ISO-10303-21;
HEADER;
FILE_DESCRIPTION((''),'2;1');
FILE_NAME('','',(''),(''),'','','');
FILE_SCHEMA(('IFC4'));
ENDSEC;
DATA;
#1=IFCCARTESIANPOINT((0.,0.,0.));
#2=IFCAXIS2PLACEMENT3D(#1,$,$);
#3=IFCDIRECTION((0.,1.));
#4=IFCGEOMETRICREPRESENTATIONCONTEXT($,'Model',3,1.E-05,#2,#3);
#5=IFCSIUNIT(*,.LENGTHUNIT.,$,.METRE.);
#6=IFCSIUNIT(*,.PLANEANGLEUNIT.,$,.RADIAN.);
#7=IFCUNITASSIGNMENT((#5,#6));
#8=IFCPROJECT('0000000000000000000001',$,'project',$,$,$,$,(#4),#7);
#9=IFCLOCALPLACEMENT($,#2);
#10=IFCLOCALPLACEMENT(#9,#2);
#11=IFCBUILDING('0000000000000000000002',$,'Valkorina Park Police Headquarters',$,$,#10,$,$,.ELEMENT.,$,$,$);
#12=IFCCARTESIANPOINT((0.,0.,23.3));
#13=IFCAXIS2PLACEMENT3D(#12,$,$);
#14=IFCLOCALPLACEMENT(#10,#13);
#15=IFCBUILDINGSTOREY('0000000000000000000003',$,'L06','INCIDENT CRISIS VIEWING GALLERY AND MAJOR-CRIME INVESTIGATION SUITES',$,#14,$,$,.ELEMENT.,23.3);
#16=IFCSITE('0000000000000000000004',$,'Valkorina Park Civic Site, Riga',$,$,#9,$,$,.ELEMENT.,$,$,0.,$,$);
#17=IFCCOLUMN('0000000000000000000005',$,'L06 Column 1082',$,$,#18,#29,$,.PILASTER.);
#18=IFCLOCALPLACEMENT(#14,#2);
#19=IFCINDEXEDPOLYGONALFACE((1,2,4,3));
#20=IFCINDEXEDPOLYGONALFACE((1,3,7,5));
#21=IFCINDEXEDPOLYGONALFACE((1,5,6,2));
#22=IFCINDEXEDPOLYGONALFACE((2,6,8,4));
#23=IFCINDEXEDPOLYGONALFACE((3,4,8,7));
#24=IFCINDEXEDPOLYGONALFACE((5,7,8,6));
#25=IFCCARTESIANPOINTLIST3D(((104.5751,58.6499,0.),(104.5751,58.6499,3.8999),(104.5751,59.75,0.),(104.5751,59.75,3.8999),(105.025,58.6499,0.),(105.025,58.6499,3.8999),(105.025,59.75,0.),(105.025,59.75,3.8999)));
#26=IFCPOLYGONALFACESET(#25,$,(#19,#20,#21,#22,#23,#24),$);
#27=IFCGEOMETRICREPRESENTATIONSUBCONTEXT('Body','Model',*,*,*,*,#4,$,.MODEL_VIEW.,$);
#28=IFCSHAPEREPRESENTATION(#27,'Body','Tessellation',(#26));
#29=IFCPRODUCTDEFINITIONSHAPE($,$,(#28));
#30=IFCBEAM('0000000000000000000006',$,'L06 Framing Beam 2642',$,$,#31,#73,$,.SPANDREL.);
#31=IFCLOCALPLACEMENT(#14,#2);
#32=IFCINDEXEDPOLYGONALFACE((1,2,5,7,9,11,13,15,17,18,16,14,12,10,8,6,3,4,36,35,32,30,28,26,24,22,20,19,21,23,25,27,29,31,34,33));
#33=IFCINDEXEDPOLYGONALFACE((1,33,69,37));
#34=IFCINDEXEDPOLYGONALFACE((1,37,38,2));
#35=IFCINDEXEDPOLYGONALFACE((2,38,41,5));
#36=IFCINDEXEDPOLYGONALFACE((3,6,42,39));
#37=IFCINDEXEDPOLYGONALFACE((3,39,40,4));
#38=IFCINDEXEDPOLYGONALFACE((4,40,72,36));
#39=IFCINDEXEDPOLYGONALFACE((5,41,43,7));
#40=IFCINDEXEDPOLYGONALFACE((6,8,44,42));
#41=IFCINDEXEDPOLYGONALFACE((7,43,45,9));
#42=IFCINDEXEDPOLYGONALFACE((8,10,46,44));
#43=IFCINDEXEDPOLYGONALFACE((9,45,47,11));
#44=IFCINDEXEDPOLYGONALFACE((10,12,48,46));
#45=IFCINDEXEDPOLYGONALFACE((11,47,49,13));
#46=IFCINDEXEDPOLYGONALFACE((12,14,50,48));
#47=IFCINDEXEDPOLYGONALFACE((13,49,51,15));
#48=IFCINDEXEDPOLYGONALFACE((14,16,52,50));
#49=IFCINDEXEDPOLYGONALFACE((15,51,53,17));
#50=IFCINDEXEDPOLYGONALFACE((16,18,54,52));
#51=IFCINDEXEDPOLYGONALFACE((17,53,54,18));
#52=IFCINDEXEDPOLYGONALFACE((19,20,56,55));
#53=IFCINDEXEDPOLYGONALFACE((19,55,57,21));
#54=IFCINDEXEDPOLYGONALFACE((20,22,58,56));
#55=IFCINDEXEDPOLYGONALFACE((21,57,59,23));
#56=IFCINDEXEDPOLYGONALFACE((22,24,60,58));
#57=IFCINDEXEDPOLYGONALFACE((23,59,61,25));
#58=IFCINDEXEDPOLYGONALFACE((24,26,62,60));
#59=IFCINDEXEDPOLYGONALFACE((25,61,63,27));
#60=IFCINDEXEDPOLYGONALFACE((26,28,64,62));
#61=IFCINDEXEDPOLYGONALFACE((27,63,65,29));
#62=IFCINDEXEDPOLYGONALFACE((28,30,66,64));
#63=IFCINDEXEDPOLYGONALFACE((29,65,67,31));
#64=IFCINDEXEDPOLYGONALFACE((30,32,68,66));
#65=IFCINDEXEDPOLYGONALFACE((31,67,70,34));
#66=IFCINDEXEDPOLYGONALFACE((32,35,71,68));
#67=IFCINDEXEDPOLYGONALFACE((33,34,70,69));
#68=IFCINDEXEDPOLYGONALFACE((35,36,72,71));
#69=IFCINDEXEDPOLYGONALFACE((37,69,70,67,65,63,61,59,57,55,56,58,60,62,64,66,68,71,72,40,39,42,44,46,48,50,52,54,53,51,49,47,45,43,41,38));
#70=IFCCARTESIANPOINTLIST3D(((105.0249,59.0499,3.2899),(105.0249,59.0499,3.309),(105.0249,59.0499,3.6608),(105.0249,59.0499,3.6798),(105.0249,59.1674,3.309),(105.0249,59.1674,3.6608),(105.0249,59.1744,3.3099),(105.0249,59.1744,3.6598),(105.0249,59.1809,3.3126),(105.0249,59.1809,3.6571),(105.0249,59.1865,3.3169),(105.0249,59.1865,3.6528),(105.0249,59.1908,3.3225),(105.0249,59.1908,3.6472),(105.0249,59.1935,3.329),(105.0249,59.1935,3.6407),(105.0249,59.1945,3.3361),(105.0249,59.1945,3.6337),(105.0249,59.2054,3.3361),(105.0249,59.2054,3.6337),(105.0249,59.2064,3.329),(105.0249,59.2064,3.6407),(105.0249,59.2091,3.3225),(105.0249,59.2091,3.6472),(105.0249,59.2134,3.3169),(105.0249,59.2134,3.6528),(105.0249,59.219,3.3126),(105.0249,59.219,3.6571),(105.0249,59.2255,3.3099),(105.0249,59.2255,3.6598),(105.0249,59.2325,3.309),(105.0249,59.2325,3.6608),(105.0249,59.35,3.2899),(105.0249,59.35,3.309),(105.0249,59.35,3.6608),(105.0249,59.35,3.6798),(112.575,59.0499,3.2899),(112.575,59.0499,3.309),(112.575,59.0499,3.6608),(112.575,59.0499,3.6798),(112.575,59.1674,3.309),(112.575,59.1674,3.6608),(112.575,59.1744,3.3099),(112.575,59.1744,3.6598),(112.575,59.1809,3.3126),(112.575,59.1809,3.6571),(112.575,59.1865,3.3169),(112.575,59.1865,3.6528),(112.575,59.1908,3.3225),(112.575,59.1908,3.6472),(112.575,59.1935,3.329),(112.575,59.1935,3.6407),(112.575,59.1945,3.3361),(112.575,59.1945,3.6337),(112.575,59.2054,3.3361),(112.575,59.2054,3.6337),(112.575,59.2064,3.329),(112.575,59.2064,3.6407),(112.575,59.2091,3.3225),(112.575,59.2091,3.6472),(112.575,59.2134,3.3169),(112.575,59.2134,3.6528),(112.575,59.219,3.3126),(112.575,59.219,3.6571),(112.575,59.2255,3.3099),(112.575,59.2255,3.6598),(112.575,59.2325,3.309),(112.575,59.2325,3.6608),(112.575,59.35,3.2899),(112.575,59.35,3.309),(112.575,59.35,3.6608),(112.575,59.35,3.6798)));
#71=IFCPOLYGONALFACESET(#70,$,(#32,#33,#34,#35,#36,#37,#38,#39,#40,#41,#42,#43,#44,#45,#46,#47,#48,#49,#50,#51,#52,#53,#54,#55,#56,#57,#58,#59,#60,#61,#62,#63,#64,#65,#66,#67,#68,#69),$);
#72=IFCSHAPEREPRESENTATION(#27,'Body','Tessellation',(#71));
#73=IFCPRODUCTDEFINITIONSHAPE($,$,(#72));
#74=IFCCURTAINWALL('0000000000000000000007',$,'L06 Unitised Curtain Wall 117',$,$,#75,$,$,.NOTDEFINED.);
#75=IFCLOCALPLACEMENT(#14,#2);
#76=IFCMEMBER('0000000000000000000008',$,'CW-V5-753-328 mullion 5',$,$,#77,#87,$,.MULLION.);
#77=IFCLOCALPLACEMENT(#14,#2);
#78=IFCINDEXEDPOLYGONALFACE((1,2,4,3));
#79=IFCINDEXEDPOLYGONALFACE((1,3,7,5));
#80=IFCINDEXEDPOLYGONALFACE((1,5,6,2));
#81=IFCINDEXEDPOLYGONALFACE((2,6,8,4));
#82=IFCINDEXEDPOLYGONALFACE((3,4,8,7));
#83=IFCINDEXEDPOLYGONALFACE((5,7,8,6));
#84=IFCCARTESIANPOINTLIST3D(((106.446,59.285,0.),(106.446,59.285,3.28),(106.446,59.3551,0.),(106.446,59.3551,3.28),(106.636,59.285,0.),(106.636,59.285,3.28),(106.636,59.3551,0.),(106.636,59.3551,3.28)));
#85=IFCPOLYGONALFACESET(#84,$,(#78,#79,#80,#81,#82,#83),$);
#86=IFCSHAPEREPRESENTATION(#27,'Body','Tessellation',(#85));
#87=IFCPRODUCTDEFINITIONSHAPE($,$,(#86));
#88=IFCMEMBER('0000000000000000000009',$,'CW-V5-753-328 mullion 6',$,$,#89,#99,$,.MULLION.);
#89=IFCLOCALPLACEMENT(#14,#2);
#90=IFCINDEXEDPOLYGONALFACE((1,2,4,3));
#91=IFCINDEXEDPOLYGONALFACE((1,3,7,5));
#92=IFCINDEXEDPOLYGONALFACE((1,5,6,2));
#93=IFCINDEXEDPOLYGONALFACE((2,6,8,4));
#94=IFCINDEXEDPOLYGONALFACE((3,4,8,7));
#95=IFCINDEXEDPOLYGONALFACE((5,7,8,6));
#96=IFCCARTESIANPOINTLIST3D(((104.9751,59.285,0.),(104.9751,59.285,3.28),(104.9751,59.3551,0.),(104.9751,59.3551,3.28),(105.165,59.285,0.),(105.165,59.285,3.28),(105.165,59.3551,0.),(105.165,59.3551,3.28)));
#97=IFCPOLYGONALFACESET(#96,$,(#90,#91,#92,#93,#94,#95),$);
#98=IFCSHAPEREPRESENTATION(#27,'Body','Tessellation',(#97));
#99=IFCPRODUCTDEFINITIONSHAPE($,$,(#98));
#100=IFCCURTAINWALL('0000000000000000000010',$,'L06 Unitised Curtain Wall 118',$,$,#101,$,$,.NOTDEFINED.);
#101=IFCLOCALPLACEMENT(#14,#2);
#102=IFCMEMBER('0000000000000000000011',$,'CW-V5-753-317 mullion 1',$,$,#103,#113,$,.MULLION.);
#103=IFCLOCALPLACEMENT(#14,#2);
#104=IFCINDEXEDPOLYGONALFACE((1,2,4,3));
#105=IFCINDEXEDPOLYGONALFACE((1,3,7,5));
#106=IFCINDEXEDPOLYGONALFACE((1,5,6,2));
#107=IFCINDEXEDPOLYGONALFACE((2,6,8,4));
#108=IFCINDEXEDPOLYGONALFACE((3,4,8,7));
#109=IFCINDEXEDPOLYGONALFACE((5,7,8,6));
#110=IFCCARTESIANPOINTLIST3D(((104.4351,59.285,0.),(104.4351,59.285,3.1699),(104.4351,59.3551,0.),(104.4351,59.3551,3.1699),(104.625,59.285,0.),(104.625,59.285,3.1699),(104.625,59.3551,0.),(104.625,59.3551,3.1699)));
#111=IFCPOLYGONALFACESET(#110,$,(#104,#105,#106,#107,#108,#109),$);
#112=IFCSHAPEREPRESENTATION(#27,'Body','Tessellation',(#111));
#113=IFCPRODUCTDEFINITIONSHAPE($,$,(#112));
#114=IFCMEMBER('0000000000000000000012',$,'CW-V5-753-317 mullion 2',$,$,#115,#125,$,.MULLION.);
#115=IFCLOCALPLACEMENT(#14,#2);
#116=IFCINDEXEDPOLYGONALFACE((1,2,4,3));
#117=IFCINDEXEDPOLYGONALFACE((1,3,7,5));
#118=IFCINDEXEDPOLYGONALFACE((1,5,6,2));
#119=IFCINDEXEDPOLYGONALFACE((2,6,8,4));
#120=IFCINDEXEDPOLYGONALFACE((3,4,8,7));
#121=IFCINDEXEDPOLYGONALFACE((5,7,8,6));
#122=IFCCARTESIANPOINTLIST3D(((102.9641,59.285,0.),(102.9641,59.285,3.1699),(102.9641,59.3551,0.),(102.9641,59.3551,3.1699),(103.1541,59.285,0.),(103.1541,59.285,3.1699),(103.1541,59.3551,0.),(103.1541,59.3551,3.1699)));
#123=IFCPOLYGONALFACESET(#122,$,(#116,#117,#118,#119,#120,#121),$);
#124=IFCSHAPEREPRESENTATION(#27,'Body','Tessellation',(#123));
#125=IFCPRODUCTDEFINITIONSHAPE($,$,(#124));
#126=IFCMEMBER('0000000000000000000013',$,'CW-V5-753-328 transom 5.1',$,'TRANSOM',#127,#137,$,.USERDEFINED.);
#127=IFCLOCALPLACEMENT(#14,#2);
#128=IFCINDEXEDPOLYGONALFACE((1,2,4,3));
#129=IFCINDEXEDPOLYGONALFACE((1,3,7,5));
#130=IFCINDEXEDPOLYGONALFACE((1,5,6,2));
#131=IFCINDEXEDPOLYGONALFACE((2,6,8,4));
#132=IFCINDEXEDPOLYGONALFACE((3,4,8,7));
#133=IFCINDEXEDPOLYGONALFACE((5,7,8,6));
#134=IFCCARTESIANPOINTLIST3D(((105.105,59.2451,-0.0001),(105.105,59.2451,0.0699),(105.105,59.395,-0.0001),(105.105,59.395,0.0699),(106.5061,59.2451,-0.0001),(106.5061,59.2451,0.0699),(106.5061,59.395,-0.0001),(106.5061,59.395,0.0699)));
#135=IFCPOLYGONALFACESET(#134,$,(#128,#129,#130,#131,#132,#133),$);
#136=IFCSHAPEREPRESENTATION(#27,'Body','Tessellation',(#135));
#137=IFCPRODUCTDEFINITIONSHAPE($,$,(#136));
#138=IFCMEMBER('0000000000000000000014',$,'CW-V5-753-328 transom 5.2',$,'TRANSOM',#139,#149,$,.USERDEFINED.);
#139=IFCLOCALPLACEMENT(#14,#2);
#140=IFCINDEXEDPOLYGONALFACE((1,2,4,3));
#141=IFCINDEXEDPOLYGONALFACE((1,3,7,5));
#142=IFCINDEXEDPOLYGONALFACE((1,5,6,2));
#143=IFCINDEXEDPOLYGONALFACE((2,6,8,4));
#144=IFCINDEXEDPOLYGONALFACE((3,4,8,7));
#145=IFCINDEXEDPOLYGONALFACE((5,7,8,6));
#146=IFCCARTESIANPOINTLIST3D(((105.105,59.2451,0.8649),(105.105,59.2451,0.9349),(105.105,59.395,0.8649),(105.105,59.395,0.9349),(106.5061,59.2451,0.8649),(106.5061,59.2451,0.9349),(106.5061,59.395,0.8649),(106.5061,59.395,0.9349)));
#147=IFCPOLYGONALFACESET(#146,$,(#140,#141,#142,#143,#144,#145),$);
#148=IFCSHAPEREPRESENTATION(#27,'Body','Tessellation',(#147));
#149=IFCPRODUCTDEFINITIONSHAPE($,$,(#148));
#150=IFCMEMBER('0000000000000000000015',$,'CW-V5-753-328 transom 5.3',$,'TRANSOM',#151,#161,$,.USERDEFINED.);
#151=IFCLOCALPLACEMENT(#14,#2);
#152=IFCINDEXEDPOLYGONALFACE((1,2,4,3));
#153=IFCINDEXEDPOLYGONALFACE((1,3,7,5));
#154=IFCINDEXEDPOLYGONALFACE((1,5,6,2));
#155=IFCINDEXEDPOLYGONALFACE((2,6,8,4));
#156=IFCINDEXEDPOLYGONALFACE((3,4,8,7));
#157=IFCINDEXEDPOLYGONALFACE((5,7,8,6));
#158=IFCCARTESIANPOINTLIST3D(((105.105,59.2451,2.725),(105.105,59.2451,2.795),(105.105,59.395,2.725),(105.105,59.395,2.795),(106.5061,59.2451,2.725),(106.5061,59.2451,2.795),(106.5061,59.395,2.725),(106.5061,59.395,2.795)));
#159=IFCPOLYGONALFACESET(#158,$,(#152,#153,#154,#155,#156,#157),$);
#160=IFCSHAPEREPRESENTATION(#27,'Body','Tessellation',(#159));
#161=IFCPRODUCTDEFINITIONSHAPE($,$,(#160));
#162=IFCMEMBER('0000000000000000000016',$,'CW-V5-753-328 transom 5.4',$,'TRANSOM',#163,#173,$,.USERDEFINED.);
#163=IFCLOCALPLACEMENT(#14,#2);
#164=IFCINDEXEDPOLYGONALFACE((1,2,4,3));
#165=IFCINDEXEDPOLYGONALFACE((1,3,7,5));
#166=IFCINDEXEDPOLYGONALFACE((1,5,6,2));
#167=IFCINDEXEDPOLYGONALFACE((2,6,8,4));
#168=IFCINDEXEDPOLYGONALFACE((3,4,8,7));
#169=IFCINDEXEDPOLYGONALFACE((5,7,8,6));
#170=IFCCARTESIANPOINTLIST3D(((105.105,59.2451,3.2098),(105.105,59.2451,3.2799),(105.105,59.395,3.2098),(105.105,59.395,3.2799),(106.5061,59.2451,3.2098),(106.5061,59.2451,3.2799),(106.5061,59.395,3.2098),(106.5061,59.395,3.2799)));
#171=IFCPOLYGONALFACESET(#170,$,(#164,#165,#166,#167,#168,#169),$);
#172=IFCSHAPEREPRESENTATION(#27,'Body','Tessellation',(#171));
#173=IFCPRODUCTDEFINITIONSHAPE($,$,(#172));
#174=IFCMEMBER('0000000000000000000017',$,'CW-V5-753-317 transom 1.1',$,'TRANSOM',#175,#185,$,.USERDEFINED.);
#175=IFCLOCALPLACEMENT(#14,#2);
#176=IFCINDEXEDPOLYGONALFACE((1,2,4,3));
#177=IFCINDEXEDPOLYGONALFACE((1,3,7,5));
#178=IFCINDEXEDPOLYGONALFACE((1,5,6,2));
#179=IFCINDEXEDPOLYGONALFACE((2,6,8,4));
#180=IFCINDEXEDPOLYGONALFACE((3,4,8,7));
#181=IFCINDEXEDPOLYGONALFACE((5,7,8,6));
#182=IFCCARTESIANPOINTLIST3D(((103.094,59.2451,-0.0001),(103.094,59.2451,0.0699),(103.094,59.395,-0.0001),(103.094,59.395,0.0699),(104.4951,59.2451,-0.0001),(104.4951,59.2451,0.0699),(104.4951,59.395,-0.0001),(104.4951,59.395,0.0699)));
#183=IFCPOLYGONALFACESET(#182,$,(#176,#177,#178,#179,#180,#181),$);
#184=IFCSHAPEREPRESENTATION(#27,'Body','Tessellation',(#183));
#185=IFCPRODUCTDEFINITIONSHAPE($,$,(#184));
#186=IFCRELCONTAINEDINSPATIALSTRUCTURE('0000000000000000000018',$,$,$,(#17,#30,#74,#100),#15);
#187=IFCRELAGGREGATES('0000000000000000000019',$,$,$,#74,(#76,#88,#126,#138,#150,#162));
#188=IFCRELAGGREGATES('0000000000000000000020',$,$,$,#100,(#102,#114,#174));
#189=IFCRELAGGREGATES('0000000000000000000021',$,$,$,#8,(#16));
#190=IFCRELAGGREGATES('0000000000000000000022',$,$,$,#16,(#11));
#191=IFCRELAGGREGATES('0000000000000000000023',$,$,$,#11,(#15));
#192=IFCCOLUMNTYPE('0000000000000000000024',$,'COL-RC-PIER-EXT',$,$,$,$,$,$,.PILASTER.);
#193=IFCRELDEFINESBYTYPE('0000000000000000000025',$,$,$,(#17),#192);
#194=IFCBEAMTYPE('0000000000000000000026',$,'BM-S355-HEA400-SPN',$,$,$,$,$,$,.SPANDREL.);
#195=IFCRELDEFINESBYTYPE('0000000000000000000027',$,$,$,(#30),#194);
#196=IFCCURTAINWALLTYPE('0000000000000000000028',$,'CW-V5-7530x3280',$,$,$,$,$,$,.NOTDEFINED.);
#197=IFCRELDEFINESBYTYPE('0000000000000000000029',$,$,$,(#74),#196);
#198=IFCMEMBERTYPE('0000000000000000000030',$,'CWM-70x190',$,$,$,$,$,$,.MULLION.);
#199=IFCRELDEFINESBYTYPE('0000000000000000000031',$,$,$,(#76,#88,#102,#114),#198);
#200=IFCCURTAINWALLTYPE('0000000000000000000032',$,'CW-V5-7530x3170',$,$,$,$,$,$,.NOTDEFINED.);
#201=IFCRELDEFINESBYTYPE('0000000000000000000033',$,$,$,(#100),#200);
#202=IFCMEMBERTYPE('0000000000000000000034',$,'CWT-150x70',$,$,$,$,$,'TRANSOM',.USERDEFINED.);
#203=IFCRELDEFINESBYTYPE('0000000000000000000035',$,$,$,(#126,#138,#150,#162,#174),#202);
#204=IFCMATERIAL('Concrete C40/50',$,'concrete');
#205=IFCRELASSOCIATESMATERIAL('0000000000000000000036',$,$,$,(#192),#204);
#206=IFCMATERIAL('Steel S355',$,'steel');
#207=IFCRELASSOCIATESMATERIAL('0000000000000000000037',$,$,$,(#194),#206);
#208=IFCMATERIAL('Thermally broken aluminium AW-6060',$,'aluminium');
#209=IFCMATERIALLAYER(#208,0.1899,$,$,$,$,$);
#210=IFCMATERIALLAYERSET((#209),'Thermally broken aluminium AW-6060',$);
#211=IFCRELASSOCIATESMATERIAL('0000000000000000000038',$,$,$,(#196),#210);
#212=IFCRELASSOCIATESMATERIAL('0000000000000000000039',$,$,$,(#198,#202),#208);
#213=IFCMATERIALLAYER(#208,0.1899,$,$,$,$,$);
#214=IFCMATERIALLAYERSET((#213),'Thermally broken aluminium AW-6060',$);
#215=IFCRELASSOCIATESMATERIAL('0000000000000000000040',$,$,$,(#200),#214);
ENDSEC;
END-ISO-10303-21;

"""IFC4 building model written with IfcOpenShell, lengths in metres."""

from ifc_helpers import new_model, si_unit, direction, frame, origin, origin_2d, place, context, subcontext, project, spatial, rectangle, i_section, extrude, material, layer, layer_set, material_profile, profile_set, type_object, element, aggregate, save


model = new_model("IFC4")

# Units and contexts
model_context = context("Model", 3, precision=1e-05, world=origin(), true_north=direction((0.0, 1.0)))
body_context = subcontext(model_context, "Body", "Model", "MODEL_VIEW")
ifc_project = project(units=[si_unit("LENGTHUNIT", "METRE"), si_unit("PLANEANGLEUNIT", "RADIAN")], contexts=[model_context])

# Site, building, storey
site_placement = place(None, origin())
site = spatial("IfcSite", under=ifc_project, at=site_placement, Name="Valkorina Park Civic Site, Riga", CompositionType="ELEMENT", RefElevation=0.0)
building_placement = place(site_placement, origin())
building = spatial("IfcBuilding", under=site, at=building_placement, Name="Valkorina Park Police Headquarters", CompositionType="ELEMENT")
storey_placement = place(building_placement, frame((0.0, 0.0, 23.3)))
storey = spatial("IfcBuildingStorey", under=building, at=storey_placement, Name="L06", Description="INCIDENT CRISIS VIEWING GALLERY AND MAJOR-CRIME INVESTIGATION SUITES", CompositionType="ELEMENT", Elevation=23.3)

# Column
ifc_material_1 = material(Name="Concrete C40/50", Category="concrete")
ifc_material_profile_1 = material_profile(ifc_material_1, rectangle(XDim=0.45, YDim=1.1001, at=origin_2d()), Name="RC PIER 450x1100")
ifc_profile_set_1 = profile_set([ifc_material_profile_1], Name="Concrete C40/50")
column_type = type_object("IfcColumnType", Name="COL-RC-PIER-EXT", PredefinedType="PILASTER", material=ifc_profile_set_1)
column_placement = place(storey_placement, frame((104.8, 59.2, 0.0), z_axis=(0.0, 0.0, 1.0), x_axis=(1.0, 0.0, 0.0)))
element("IfcColumn", 1, at=column_placement, inside=storey, type_object=column_type, Name="L06 Column 1082", PredefinedType="PILASTER", context=body_context, shape_type="SweptSolid", body=[
    extrude(rectangle(XDim=0.45, YDim=1.1001, at=origin_2d()), origin(), (0.0, 0.0, 1.0), 3.8999),
])

# Beam
ifc_material_2 = material(Name="Steel S355", Category="steel")
ifc_material_profile_2 = material_profile(ifc_material_2, i_section(OverallWidth=0.3, OverallDepth=0.3899, WebThickness=0.011, FlangeThickness=0.019, FilletRadius=0.0271, at=origin_2d()), Name="HEA 400")
ifc_profile_set_2 = profile_set([ifc_material_profile_2], Name="Steel S355")
beam_type = type_object("IfcBeamType", Name="BM-S355-HEA400-SPN", PredefinedType="SPANDREL", material=ifc_profile_set_2)
beam_placement = place(storey_placement, frame((105.0249, 59.2, 3.4849), z_axis=(1.0, 0.0, 0.0), x_axis=(0.0, 1.0, 0.0)))
element("IfcBeam", 2, at=beam_placement, inside=storey, type_object=beam_type, Name="L06 Framing Beam 2642", PredefinedType="SPANDREL", context=body_context, shape_type="SweptSolid", body=[
    extrude(i_section(OverallWidth=0.3, OverallDepth=0.3899, WebThickness=0.011, FlangeThickness=0.019, FilletRadius=0.0271, at=origin_2d()), origin(), (0.0, 0.0, 1.0), 7.55),
])

# Curtain walls, members
ifc_material_3 = material(Name="Thermally broken aluminium AW-6060", Category="aluminium")
ifc_layer_1 = layer(ifc_material_3, 0.1899)
ifc_layer_set_1 = layer_set([ifc_layer_1], Name="Thermally broken aluminium AW-6060")
curtain_wall_type_1 = type_object("IfcCurtainWallType", Name="CW-V5-7530x3280", PredefinedType="NOTDEFINED", material=ifc_layer_set_1)
curtain_wall_1_placement = place(storey_placement, origin())
curtain_wall_1 = element("IfcCurtainWall", 3, at=curtain_wall_1_placement, inside=storey, type_object=curtain_wall_type_1, Name="L06 Unitised Curtain Wall 117", PredefinedType="NOTDEFINED")
ifc_material_profile_3 = material_profile(ifc_material_3, rectangle(XDim=0.0701, YDim=0.1899, at=origin_2d()), Name="CWM-02 70x190")
ifc_profile_set_3 = profile_set([ifc_material_profile_3], Name="Thermally broken aluminium AW-6060")
member_type_1 = type_object("IfcMemberType", Name="CWM-70x190", PredefinedType="MULLION", material=ifc_profile_set_3)
member_1_placement = place(storey_placement, frame((106.541, 59.3201, 0.0), z_axis=(0.0, 0.0, 1.0), x_axis=(0.0, -1.0, 0.0)))
member_1 = element("IfcMember", 4, at=member_1_placement, type_object=member_type_1, Name="CW-V5-753-328 mullion 5", PredefinedType="MULLION", context=body_context, shape_type="SweptSolid", body=[
    extrude(rectangle(XDim=0.0701, YDim=0.1899, at=origin_2d()), origin(), (0.0, 0.0, 1.0), 3.28),
])
member_2_placement = place(storey_placement, frame((105.0701, 59.3201, 0.0), z_axis=(0.0, 0.0, 1.0), x_axis=(0.0, -1.0, 0.0)))
member_2 = element("IfcMember", 5, at=member_2_placement, type_object=member_type_1, Name="CW-V5-753-328 mullion 6", PredefinedType="MULLION", context=body_context, shape_type="SweptSolid", body=[
    extrude(rectangle(XDim=0.0701, YDim=0.1899, at=origin_2d()), origin(), (0.0, 0.0, 1.0), 3.28),
])
ifc_layer_2 = layer(ifc_material_3, 0.1899)
ifc_layer_set_2 = layer_set([ifc_layer_2], Name="Thermally broken aluminium AW-6060")
curtain_wall_type_2 = type_object("IfcCurtainWallType", Name="CW-V5-7530x3170", PredefinedType="NOTDEFINED", material=ifc_layer_set_2)
curtain_wall_2_placement = place(storey_placement, origin())
curtain_wall_2 = element("IfcCurtainWall", 6, at=curtain_wall_2_placement, inside=storey, type_object=curtain_wall_type_2, Name="L06 Unitised Curtain Wall 118", PredefinedType="NOTDEFINED")
member_3_placement = place(storey_placement, frame((104.53, 59.3201, 0.0), z_axis=(0.0, 0.0, 1.0), x_axis=(0.0, -1.0, 0.0)))
member_3 = element("IfcMember", 7, at=member_3_placement, type_object=member_type_1, Name="CW-V5-753-317 mullion 1", PredefinedType="MULLION", context=body_context, shape_type="SweptSolid", body=[
    extrude(rectangle(XDim=0.0701, YDim=0.1899, at=origin_2d()), origin(), (0.0, 0.0, 1.0), 3.1699),
])
member_4_placement = place(storey_placement, frame((103.0591, 59.3201, 0.0), z_axis=(0.0, 0.0, 1.0), x_axis=(0.0, -1.0, 0.0)))
member_4 = element("IfcMember", 8, at=member_4_placement, type_object=member_type_1, Name="CW-V5-753-317 mullion 2", PredefinedType="MULLION", context=body_context, shape_type="SweptSolid", body=[
    extrude(rectangle(XDim=0.0701, YDim=0.1899, at=origin_2d()), origin(), (0.0, 0.0, 1.0), 3.1699),
])

# Members
ifc_material_profile_4 = material_profile(ifc_material_3, rectangle(XDim=0.1499, YDim=0.0701, at=origin_2d()), Name="CWT-02 150x70")
ifc_profile_set_4 = profile_set([ifc_material_profile_4], Name="Thermally broken aluminium AW-6060")
member_type_2 = type_object("IfcMemberType", Name="CWT-150x70", ElementType="TRANSOM", PredefinedType="USERDEFINED", material=ifc_profile_set_4)
member_5_placement = place(storey_placement, frame((106.5061, 59.3201, 0.0349), z_axis=(-1.0, 0.0, 0.0), x_axis=(0.0, -1.0, 0.0)))
member_5 = element("IfcMember", 9, at=member_5_placement, type_object=member_type_2, Name="CW-V5-753-328 transom 5.1", ObjectType="TRANSOM", PredefinedType="USERDEFINED", context=body_context, shape_type="SweptSolid", body=[
    extrude(rectangle(XDim=0.1499, YDim=0.0701, at=origin_2d()), origin(), (0.0, 0.0, 1.0), 1.4011),
])
member_6_placement = place(storey_placement, frame((106.5061, 59.3201, 0.8999), z_axis=(-1.0, 0.0, 0.0), x_axis=(0.0, -1.0, 0.0)))
member_6 = element("IfcMember", 10, at=member_6_placement, type_object=member_type_2, Name="CW-V5-753-328 transom 5.2", ObjectType="TRANSOM", PredefinedType="USERDEFINED", context=body_context, shape_type="SweptSolid", body=[
    extrude(rectangle(XDim=0.1499, YDim=0.0701, at=origin_2d()), origin(), (0.0, 0.0, 1.0), 1.4011),
])
member_7_placement = place(storey_placement, frame((106.5061, 59.3201, 2.76), z_axis=(-1.0, 0.0, 0.0), x_axis=(0.0, -1.0, 0.0)))
member_7 = element("IfcMember", 11, at=member_7_placement, type_object=member_type_2, Name="CW-V5-753-328 transom 5.3", ObjectType="TRANSOM", PredefinedType="USERDEFINED", context=body_context, shape_type="SweptSolid", body=[
    extrude(rectangle(XDim=0.1499, YDim=0.0701, at=origin_2d()), origin(), (0.0, 0.0, 1.0), 1.4011),
])
member_8_placement = place(storey_placement, frame((106.5061, 59.3201, 3.2449), z_axis=(-1.0, 0.0, 0.0), x_axis=(0.0, -1.0, 0.0)))
member_8 = element("IfcMember", 12, at=member_8_placement, type_object=member_type_2, Name="CW-V5-753-328 transom 5.4", ObjectType="TRANSOM", PredefinedType="USERDEFINED", context=body_context, shape_type="SweptSolid", body=[
    extrude(rectangle(XDim=0.1499, YDim=0.0701, at=origin_2d()), origin(), (0.0, 0.0, 1.0), 1.4011),
])
member_9_placement = place(storey_placement, frame((104.4951, 59.3201, 0.0349), z_axis=(-1.0, 0.0, 0.0), x_axis=(0.0, -1.0, 0.0)))
member_9 = element("IfcMember", 13, at=member_9_placement, type_object=member_type_2, Name="CW-V5-753-317 transom 1.1", ObjectType="TRANSOM", PredefinedType="USERDEFINED", context=body_context, shape_type="SweptSolid", body=[
    extrude(rectangle(XDim=0.1499, YDim=0.0701, at=origin_2d()), origin(), (0.0, 0.0, 1.0), 1.4011),
])

aggregate(curtain_wall_1, [member_1, member_2, member_5, member_6, member_7, member_8])
aggregate(curtain_wall_2, [member_3, member_4, member_9])

save(model, "model.ifc")
